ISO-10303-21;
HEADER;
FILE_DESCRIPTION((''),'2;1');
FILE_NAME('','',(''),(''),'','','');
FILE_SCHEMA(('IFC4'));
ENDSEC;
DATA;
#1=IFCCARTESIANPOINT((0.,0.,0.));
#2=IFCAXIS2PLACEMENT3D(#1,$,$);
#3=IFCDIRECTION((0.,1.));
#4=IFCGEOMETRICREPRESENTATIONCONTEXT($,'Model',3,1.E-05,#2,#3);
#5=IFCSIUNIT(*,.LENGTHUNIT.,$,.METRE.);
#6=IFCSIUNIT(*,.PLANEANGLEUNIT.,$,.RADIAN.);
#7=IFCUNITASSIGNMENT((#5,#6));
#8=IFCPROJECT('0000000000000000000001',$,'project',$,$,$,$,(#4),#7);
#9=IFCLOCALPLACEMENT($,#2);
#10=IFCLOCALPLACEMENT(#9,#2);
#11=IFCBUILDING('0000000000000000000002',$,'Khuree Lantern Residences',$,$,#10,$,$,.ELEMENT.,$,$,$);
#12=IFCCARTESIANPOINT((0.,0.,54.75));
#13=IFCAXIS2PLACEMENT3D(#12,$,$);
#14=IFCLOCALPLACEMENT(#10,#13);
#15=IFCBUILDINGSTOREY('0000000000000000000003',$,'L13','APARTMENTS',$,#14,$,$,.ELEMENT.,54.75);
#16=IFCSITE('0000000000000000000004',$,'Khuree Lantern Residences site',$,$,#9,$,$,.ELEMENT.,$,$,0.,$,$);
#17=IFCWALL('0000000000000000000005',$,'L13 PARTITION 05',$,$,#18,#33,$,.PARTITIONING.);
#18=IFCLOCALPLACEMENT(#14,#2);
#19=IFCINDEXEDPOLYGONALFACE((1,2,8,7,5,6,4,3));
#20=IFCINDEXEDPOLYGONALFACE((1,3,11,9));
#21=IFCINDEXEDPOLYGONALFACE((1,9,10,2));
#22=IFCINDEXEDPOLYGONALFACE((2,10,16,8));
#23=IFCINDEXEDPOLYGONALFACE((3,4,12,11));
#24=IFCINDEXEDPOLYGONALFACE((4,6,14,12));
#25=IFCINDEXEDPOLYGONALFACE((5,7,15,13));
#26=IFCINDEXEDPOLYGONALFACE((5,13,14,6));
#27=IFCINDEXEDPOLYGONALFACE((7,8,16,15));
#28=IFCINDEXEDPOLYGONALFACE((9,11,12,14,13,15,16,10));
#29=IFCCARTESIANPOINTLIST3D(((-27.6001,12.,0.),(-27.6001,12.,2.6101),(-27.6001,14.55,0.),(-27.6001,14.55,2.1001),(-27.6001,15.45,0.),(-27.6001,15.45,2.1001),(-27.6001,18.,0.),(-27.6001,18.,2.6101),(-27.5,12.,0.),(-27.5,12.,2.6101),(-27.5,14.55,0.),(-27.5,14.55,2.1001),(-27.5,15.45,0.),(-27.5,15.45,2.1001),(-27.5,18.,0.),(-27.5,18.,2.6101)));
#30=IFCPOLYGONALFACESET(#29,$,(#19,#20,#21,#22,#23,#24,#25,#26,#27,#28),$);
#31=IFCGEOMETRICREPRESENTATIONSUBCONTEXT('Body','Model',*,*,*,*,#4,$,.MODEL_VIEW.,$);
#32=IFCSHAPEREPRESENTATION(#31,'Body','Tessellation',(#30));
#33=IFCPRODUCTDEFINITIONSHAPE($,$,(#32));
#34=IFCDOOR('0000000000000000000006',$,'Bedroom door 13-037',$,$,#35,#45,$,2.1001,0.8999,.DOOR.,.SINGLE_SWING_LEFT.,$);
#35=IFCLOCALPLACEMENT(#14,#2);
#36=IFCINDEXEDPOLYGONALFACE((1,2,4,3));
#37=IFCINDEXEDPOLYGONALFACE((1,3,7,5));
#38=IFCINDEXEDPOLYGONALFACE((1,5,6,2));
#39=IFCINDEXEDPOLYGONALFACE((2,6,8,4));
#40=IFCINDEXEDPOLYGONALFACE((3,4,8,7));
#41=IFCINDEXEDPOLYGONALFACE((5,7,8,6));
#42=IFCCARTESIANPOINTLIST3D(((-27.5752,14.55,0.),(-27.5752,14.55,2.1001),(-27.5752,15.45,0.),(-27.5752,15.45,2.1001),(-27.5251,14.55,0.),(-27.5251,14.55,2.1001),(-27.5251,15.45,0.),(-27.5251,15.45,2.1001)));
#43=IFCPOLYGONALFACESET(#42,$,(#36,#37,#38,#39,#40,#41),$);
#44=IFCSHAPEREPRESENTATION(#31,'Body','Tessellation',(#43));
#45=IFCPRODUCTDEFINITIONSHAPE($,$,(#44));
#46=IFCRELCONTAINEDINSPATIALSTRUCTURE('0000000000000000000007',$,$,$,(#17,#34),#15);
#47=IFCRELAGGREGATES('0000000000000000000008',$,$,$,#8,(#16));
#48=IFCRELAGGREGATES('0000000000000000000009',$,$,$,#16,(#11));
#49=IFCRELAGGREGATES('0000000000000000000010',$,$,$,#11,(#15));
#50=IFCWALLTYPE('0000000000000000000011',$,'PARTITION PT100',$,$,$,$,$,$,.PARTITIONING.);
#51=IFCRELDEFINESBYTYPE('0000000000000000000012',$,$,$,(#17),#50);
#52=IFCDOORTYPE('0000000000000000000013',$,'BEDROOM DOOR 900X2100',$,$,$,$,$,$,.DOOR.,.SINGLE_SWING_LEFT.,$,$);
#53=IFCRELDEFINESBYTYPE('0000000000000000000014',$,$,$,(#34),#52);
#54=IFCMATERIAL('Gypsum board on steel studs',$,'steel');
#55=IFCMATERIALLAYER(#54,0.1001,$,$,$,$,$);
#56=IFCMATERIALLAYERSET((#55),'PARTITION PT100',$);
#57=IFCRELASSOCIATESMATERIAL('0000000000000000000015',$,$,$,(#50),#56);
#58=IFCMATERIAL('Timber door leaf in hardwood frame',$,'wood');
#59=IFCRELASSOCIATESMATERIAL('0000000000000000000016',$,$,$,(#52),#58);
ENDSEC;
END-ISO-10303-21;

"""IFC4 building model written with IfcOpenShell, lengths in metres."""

from ifc_helpers import new_model, si_unit, direction, frame, frame_2d, origin, place, context, subcontext, project, spatial, rectangle, extrude, material, layer, layer_set, type_object, element, fill, save


model = new_model("IFC4")

# Units and contexts
model_context = context("Model", 3, precision=1e-05, world=origin(), true_north=direction((0.0, 1.0)))
body_context = subcontext(model_context, "Body", "Model", "MODEL_VIEW")
ifc_project = project(units=[si_unit("LENGTHUNIT", "METRE"), si_unit("PLANEANGLEUNIT", "RADIAN")], contexts=[model_context])

# Site, building, storey
site_placement = place(None, origin())
site = spatial("IfcSite", under=ifc_project, at=site_placement, Name="Khuree Lantern Residences site", CompositionType="ELEMENT", RefElevation=0.0)
building_placement = place(site_placement, origin())
building = spatial("IfcBuilding", under=site, at=building_placement, Name="Khuree Lantern Residences", CompositionType="ELEMENT")
storey_placement = place(building_placement, frame((0.0, 0.0, 54.75)))
storey = spatial("IfcBuildingStorey", under=building, at=storey_placement, Name="L13", Description="APARTMENTS", CompositionType="ELEMENT", Elevation=54.75)

# Shared definitions
ifc_material_1 = material(Name="Timber door leaf in hardwood frame", Category="wood")

# Shared definitions
ifc_material_2 = material(Name="Gypsum board on steel studs", Category="steel")
ifc_layer_1 = layer(ifc_material_2, 0.1001)
ifc_layer_set_1 = layer_set([ifc_layer_1], Name="PARTITION PT100")
wall_type_1 = type_object("IfcWallType", Name="PARTITION PT100", PredefinedType="PARTITIONING", material=ifc_layer_set_1)

# Wall, opening, door
wall_1_placement = place(storey_placement, frame((-27.55, 18.0, 0.0), z_axis=(0.0, 0.0, 1.0), x_axis=(0.0, -1.0, 0.0)))
wall_1 = element("IfcWall", 1, at=wall_1_placement, inside=storey, type_object=wall_type_1, Name="L13 PARTITION 05", PredefinedType="PARTITIONING", context=body_context, shape_type="SweptSolid", body=[
    extrude(rectangle(XDim=6.0, YDim=0.1001, at=frame_2d((3.0, 0.0))), origin(), (0.0, 0.0, 1.0), 2.6101),
])
opening_1_placement = place(wall_1_placement, frame((2.55, 0.0, 0.0)))
opening_1 = element("IfcOpeningElement", 2, at=opening_1_placement, cuts=wall_1, PredefinedType="OPENING", context=body_context, shape_type="SweptSolid", body=[
    extrude(rectangle(XDim=0.8999, YDim=2.1001, at=frame_2d((0.45, 1.05))), frame((0.0, 0.0601, 0.0), z_axis=(0.0, -1.0, 0.0), x_axis=(1.0, 0.0, 0.0)), (0.0, 0.0, 1.0), 0.1201),
])
door_type_1 = type_object("IfcDoorType", Name="BEDROOM DOOR 900X2100", OperationType="SINGLE_SWING_LEFT", PredefinedType="DOOR", material=ifc_material_1)
door_1_placement = place(opening_1_placement, origin())
door_1 = element("IfcDoor", 3, at=door_1_placement, inside=storey, type_object=door_type_1, Name="Bedroom door 13-037", OperationType="SINGLE_SWING_LEFT", OverallHeight=2.1001, OverallWidth=0.8999, PredefinedType="DOOR", context=body_context, shape_type="SweptSolid", body=[
    extrude(rectangle(XDim=0.8999, YDim=2.1001, at=frame_2d((0.45, 1.05))), frame((0.0, 0.0249, 0.0), z_axis=(0.0, -1.0, 0.0), x_axis=(1.0, 0.0, 0.0)), (0.0, 0.0, 1.0), 0.05),
])
fill(opening_1, door_1)

save(model, "model.ifc")
